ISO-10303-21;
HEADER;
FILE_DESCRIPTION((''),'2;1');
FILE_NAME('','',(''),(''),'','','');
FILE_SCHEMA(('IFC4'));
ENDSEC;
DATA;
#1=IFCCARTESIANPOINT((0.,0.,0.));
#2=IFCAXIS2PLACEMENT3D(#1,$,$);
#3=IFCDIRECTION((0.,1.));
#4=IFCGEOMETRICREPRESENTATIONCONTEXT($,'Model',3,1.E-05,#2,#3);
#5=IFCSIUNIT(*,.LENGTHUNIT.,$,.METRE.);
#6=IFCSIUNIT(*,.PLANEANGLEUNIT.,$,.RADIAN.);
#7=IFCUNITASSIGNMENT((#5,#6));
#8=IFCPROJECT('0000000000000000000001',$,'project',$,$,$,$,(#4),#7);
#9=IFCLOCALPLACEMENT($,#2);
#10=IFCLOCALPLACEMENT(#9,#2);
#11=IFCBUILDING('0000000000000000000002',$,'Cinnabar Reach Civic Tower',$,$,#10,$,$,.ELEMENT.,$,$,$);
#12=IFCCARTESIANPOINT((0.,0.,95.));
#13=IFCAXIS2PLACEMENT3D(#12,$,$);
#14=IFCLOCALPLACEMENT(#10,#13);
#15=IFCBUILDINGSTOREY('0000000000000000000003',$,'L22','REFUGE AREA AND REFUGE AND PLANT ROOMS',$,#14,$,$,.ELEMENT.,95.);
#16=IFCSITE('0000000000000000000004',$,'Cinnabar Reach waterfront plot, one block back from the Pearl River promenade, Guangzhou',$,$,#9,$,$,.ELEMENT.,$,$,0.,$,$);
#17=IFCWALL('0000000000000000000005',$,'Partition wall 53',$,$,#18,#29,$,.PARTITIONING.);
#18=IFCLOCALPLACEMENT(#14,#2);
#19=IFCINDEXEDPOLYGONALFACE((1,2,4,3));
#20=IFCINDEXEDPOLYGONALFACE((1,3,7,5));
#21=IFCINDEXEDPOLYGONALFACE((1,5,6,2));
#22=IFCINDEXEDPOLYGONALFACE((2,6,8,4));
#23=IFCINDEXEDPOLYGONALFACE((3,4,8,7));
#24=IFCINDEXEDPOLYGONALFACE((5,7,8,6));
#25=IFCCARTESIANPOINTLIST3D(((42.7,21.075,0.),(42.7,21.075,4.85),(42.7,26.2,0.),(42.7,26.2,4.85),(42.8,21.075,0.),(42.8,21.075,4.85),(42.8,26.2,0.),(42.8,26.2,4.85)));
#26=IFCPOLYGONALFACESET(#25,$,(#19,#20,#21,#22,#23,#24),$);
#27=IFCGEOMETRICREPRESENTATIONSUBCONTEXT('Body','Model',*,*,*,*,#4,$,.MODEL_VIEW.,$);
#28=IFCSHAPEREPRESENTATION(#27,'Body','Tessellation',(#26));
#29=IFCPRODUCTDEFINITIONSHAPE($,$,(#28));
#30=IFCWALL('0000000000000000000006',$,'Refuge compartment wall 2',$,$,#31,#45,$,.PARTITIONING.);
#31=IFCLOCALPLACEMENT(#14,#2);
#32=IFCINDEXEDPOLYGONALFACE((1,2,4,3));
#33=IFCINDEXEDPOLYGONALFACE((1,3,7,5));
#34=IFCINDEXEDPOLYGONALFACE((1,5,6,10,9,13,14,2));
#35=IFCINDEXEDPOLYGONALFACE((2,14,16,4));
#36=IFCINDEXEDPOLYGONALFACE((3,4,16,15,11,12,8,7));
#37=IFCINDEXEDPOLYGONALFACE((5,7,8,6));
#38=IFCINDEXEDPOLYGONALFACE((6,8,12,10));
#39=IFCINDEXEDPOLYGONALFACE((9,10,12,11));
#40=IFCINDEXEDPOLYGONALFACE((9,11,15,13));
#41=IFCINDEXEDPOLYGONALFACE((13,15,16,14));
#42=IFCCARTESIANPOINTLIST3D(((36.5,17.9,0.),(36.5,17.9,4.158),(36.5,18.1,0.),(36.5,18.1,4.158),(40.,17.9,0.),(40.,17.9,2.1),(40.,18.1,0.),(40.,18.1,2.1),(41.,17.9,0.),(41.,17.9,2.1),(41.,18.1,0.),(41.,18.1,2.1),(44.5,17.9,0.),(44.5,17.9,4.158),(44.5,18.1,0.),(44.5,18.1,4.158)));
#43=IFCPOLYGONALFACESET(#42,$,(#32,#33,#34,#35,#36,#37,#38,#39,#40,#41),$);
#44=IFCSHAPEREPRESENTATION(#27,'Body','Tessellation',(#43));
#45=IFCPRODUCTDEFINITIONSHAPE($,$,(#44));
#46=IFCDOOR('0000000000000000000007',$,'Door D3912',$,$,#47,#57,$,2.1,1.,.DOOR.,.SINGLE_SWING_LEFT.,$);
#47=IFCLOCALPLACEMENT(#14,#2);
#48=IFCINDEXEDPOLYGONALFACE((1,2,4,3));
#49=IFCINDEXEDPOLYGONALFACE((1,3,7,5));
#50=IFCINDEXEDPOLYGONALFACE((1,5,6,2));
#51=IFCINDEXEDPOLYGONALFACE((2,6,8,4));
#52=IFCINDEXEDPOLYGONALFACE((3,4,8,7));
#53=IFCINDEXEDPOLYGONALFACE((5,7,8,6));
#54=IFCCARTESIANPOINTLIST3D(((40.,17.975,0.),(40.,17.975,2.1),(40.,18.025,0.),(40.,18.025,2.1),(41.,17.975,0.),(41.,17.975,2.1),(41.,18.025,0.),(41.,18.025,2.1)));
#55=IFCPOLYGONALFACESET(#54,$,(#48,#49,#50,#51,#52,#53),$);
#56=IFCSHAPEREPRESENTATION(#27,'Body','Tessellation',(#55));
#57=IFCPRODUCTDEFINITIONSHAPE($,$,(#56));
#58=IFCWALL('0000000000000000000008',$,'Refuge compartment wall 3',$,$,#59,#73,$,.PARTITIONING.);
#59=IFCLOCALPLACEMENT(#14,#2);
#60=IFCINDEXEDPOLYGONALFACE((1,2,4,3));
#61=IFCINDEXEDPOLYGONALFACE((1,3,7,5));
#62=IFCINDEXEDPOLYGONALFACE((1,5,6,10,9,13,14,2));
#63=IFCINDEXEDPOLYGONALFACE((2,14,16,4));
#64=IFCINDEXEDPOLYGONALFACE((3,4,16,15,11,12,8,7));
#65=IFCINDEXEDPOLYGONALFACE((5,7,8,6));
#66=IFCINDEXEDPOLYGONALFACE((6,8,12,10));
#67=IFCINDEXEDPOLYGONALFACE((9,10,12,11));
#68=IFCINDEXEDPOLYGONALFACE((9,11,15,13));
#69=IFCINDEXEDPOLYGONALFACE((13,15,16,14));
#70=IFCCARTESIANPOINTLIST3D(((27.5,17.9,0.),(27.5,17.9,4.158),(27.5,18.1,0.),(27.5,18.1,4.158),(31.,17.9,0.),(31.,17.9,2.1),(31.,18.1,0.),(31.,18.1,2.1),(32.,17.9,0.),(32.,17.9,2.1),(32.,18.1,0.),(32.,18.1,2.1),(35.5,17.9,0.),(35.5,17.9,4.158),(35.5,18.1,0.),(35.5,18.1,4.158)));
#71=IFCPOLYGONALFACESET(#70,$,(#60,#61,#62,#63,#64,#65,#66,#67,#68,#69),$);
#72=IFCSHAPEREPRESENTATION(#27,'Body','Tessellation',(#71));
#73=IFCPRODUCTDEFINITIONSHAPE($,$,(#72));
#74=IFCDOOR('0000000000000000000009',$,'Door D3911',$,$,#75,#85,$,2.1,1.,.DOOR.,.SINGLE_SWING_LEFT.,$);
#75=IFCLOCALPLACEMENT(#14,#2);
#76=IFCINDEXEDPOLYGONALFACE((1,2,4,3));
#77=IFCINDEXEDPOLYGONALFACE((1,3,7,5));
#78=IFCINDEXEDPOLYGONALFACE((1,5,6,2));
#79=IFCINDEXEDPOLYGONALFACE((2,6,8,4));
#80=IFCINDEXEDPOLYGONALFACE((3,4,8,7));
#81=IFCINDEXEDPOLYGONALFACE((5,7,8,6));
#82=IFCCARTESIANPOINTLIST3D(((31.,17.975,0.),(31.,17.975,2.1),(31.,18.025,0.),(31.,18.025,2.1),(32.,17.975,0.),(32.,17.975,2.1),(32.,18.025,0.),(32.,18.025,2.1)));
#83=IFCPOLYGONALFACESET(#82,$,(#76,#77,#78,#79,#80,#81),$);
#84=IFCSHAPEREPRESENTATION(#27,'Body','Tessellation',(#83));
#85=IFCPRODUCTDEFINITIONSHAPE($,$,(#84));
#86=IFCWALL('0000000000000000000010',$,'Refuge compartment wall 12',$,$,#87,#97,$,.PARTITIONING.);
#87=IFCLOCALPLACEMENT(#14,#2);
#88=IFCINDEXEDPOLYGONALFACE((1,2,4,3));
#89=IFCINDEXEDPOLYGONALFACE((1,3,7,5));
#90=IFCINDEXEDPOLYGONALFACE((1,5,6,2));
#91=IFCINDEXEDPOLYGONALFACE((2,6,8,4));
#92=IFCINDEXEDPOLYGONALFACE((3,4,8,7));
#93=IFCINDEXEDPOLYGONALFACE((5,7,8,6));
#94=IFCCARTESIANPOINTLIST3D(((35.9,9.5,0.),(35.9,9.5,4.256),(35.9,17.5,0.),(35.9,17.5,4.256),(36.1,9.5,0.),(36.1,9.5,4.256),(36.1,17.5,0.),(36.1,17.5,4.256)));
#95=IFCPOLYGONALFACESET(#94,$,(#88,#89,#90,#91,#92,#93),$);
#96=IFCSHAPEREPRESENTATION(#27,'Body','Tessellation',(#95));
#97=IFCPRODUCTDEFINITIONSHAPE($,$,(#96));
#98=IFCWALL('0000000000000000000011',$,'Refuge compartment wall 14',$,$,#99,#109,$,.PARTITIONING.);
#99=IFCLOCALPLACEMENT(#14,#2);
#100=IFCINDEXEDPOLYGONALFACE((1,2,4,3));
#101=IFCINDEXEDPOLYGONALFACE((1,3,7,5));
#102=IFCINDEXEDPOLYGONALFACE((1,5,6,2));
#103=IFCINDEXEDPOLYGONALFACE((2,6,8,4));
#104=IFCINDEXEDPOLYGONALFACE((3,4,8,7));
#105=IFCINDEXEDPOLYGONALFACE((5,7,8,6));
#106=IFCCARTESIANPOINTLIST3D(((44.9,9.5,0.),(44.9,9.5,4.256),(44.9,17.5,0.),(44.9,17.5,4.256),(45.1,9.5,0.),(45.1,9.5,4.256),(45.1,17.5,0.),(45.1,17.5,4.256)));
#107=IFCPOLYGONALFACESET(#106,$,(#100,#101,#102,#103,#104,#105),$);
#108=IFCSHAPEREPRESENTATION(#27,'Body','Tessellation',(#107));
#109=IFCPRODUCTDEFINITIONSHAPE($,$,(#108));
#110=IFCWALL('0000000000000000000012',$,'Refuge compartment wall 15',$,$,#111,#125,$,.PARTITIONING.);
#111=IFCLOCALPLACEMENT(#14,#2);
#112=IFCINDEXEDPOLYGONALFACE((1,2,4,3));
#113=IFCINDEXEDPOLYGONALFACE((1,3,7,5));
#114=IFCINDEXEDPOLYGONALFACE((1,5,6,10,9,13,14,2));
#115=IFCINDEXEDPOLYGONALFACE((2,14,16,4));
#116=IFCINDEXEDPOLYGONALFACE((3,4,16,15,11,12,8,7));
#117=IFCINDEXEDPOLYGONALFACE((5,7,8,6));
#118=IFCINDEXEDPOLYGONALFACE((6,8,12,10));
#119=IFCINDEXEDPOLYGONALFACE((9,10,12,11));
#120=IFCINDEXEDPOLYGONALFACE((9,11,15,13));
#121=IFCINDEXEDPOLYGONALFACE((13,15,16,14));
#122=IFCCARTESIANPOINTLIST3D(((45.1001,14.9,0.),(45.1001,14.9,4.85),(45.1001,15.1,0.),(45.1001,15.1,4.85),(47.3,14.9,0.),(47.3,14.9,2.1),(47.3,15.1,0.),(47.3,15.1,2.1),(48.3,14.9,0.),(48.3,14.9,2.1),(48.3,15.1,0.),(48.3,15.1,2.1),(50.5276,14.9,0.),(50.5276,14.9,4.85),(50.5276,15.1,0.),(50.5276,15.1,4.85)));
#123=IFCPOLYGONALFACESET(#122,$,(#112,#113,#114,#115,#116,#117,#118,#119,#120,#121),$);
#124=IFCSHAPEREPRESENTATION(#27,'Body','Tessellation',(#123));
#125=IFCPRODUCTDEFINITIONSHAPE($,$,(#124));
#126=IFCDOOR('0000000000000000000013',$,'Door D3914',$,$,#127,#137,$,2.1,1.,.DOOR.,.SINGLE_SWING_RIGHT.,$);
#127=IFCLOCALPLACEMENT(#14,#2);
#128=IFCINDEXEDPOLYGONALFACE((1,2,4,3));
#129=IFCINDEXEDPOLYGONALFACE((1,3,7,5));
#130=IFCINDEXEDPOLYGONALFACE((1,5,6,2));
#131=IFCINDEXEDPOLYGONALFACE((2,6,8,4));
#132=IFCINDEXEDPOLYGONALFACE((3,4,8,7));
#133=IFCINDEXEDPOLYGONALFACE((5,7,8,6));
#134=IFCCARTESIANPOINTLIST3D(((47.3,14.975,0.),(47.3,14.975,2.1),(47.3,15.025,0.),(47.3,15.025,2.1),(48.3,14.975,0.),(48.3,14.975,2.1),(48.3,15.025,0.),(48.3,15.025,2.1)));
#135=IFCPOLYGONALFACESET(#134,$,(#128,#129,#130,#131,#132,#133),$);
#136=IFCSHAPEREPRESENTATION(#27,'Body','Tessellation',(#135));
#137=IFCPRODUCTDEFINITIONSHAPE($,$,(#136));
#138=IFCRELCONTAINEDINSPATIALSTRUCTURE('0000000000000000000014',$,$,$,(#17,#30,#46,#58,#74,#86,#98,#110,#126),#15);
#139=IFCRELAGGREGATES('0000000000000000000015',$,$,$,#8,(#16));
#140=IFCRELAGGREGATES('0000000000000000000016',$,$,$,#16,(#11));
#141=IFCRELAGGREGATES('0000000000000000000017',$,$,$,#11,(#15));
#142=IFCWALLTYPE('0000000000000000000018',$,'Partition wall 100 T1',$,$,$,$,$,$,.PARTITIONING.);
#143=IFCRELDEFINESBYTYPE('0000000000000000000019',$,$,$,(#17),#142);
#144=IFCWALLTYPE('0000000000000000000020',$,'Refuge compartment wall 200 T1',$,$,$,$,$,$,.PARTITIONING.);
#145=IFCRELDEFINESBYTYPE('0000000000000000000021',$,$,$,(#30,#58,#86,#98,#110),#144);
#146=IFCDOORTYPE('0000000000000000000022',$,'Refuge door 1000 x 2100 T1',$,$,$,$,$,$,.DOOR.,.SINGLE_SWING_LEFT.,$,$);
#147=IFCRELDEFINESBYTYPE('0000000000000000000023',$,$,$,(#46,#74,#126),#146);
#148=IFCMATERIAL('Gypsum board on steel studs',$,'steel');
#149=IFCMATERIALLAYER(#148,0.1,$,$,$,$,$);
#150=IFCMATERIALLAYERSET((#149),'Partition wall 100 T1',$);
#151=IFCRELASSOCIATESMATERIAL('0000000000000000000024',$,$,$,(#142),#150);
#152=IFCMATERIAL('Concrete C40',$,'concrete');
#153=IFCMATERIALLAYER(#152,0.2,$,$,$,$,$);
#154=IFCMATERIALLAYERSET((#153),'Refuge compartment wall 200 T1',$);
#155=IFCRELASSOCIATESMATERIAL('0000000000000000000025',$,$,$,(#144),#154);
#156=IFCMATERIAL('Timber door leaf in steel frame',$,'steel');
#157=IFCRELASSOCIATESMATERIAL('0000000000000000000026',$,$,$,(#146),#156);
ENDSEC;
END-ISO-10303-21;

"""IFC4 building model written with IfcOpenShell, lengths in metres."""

from ifc_helpers import new_model, si_unit, direction, frame, frame_2d, origin, place, context, subcontext, project, spatial, rectangle, extrude, material, layer, layer_set, type_object, element, fill, save


model = new_model("IFC4")

# Units and contexts
model_context = context("Model", 3, precision=1e-05, world=origin(), true_north=direction((0.0, 1.0)))
body_context = subcontext(model_context, "Body", "Model", "MODEL_VIEW")
ifc_project = project(units=[si_unit("LENGTHUNIT", "METRE"), si_unit("PLANEANGLEUNIT", "RADIAN")], contexts=[model_context])

# Site, building, storey
site_placement = place(None, origin())
site = spatial("IfcSite", under=ifc_project, at=site_placement, Name="Cinnabar Reach waterfront plot, one block back from the Pearl River promenade, Guangzhou", CompositionType="ELEMENT", RefElevation=0.0)
building_placement = place(site_placement, origin())
building = spatial("IfcBuilding", under=site, at=building_placement, Name="Cinnabar Reach Civic Tower", CompositionType="ELEMENT")
storey_placement = place(building_placement, frame((0.0, 0.0, 95.0)))
storey = spatial("IfcBuildingStorey", under=building, at=storey_placement, Name="L22", Description="REFUGE AREA AND REFUGE AND PLANT ROOMS", CompositionType="ELEMENT", Elevation=95.0)

# Wall
ifc_material_1 = material(Name="Gypsum board on steel studs", Category="steel")
ifc_layer_1 = layer(ifc_material_1, 0.1)
ifc_layer_set_1 = layer_set([ifc_layer_1], Name="Partition wall 100 T1")
wall_type_1 = type_object("IfcWallType", Name="Partition wall 100 T1", PredefinedType="PARTITIONING", material=ifc_layer_set_1)
wall_1_placement = place(storey_placement, frame((42.75, 21.075, 0.0), z_axis=(0.0, 0.0, 1.0), x_axis=(0.0, 1.0, 0.0)))
element("IfcWall", 1, at=wall_1_placement, inside=storey, type_object=wall_type_1, Name="Partition wall 53", PredefinedType="PARTITIONING", context=body_context, shape_type="SweptSolid", body=[
    extrude(rectangle(XDim=5.125, YDim=0.1, at=frame_2d((2.5625, 0.0))), origin(), (0.0, 0.0, 1.0), 4.85),
])

# Walls, openings, doors
ifc_material_2 = material(Name="Concrete C40", Category="concrete")
ifc_layer_2 = layer(ifc_material_2, 0.2)
ifc_layer_set_2 = layer_set([ifc_layer_2], Name="Refuge compartment wall 200 T1")
wall_type_2 = type_object("IfcWallType", Name="Refuge compartment wall 200 T1", PredefinedType="PARTITIONING", material=ifc_layer_set_2)
wall_2_placement = place(storey_placement, frame((36.5, 18.0, 0.0), z_axis=(0.0, 0.0, 1.0), x_axis=(1.0, 0.0, 0.0)))
wall_2 = element("IfcWall", 2, at=wall_2_placement, inside=storey, type_object=wall_type_2, Name="Refuge compartment wall 2", PredefinedType="PARTITIONING", context=body_context, shape_type="SweptSolid", body=[
    extrude(rectangle(XDim=8.0, YDim=0.2, at=frame_2d((4.0, 0.0))), origin(), (0.0, 0.0, 1.0), 4.158),
])
opening_1_placement = place(wall_2_placement, frame((3.5, 0.0, 0.0)))
opening_1 = element("IfcOpeningElement", 3, at=opening_1_placement, cuts=wall_2, PredefinedType="OPENING", context=body_context, shape_type="SweptSolid", body=[
    extrude(rectangle(XDim=1.0, YDim=2.1, at=frame_2d((0.5, 1.05))), frame((0.0, 0.11, 0.0), z_axis=(0.0, -1.0, 0.0), x_axis=(1.0, 0.0, 0.0)), (0.0, 0.0, 1.0), 0.22),
])
ifc_material_3 = material(Name="Timber door leaf in steel frame", Category="steel")
door_type = type_object("IfcDoorType", Name="Refuge door 1000 x 2100 T1", OperationType="SINGLE_SWING_LEFT", PredefinedType="DOOR", material=ifc_material_3)
door_1_placement = place(opening_1_placement, frame((1.0, 0.0, 0.0), z_axis=(0.0, 0.0, 1.0), x_axis=(-1.0, 0.0, 0.0)))
door_1 = element("IfcDoor", 4, at=door_1_placement, inside=storey, type_object=door_type, Name="Door D3912", OperationType="SINGLE_SWING_LEFT", OverallHeight=2.1, OverallWidth=1.0, PredefinedType="DOOR", context=body_context, shape_type="SweptSolid", body=[
    extrude(rectangle(XDim=1.0, YDim=2.1, at=frame_2d((0.5, 1.05))), frame((0.0, 0.025, 0.0), z_axis=(0.0, -1.0, 0.0), x_axis=(1.0, 0.0, 0.0)), (0.0, 0.0, 1.0), 0.05),
])
fill(opening_1, door_1)
wall_3_placement = place(storey_placement, frame((27.5, 18.0, 0.0), z_axis=(0.0, 0.0, 1.0), x_axis=(1.0, 0.0, 0.0)))
wall_3 = element("IfcWall", 5, at=wall_3_placement, inside=storey, type_object=wall_type_2, Name="Refuge compartment wall 3", PredefinedType="PARTITIONING", context=body_context, shape_type="SweptSolid", body=[
    extrude(rectangle(XDim=8.0, YDim=0.2, at=frame_2d((4.0, 0.0))), origin(), (0.0, 0.0, 1.0), 4.158),
])
opening_2_placement = place(wall_3_placement, frame((3.5, 0.0, 0.0)))
opening_2 = element("IfcOpeningElement", 6, at=opening_2_placement, cuts=wall_3, PredefinedType="OPENING", context=body_context, shape_type="SweptSolid", body=[
    extrude(rectangle(XDim=1.0, YDim=2.1, at=frame_2d((0.5, 1.05))), frame((0.0, 0.11, 0.0), z_axis=(0.0, -1.0, 0.0), x_axis=(1.0, 0.0, 0.0)), (0.0, 0.0, 1.0), 0.22),
])
door_2_placement = place(opening_2_placement, origin())
door_2 = element("IfcDoor", 7, at=door_2_placement, inside=storey, type_object=door_type, Name="Door D3911", OperationType="SINGLE_SWING_LEFT", OverallHeight=2.1, OverallWidth=1.0, PredefinedType="DOOR", context=body_context, shape_type="SweptSolid", body=[
    extrude(rectangle(XDim=1.0, YDim=2.1, at=frame_2d((0.5, 1.05))), frame((0.0, 0.025, 0.0), z_axis=(0.0, -1.0, 0.0), x_axis=(1.0, 0.0, 0.0)), (0.0, 0.0, 1.0), 0.05),
])
fill(opening_2, door_2)

# Walls
for number, where, z_axis, x_axis, name in (
    (8, (36.0, 9.5, 0.0), (0.0, 0.0, 1.0), (0.0, 1.0, 0.0), "Refuge compartment wall 12"),
    (9, (45.0, 9.5, 0.0), (0.0, 0.0, 1.0), (0.0, 1.0, 0.0), "Refuge compartment wall 14"),
):
    element("IfcWall", number, at=place(storey_placement, frame(where, z_axis=z_axis, x_axis=x_axis)), inside=storey, type_object=wall_type_2, Name=name, PredefinedType="PARTITIONING", context=body_context, shape_type="SweptSolid", body=[
        extrude(rectangle(XDim=8.0, YDim=0.2, at=frame_2d((4.0, 0.0))), origin(), (0.0, 0.0, 1.0), 4.256),
    ])

# Wall, opening, door
wall_4_placement = place(storey_placement, frame((45.1, 15.0, 0.0), z_axis=(0.0, 0.0, 1.0), x_axis=(1.0, 0.0, 0.0)))
wall_4 = element("IfcWall", 10, at=wall_4_placement, inside=storey, type_object=wall_type_2, Name="Refuge compartment wall 15", PredefinedType="PARTITIONING", context=body_context, shape_type="SweptSolid", body=[
    extrude(rectangle(XDim=5.4275, YDim=0.2, at=frame_2d((2.7138, 0.0))), origin(), (0.0, 0.0, 1.0), 4.85),
])
opening_3_placement = place(wall_4_placement, frame((2.2, 0.0, 0.0)))
opening_3 = element("IfcOpeningElement", 11, at=opening_3_placement, cuts=wall_4, PredefinedType="OPENING", context=body_context, shape_type="SweptSolid", body=[
    extrude(rectangle(XDim=1.0, YDim=2.1, at=frame_2d((0.5, 1.05))), frame((0.0, 0.11, 0.0), z_axis=(0.0, -1.0, 0.0), x_axis=(1.0, 0.0, 0.0)), (0.0, 0.0, 1.0), 0.22),
])
door_3_placement = place(opening_3_placement, origin())
door_3 = element("IfcDoor", 12, at=door_3_placement, inside=storey, type_object=door_type, Name="Door D3914", OperationType="SINGLE_SWING_RIGHT", OverallHeight=2.1, OverallWidth=1.0, PredefinedType="DOOR", context=body_context, shape_type="SweptSolid", body=[
    extrude(rectangle(XDim=1.0, YDim=2.1, at=frame_2d((0.5, 1.05))), frame((0.0, 0.025, 0.0), z_axis=(0.0, -1.0, 0.0), x_axis=(1.0, 0.0, 0.0)), (0.0, 0.0, 1.0), 0.05),
])
fill(opening_3, door_3)

save(model, "model.ifc")
